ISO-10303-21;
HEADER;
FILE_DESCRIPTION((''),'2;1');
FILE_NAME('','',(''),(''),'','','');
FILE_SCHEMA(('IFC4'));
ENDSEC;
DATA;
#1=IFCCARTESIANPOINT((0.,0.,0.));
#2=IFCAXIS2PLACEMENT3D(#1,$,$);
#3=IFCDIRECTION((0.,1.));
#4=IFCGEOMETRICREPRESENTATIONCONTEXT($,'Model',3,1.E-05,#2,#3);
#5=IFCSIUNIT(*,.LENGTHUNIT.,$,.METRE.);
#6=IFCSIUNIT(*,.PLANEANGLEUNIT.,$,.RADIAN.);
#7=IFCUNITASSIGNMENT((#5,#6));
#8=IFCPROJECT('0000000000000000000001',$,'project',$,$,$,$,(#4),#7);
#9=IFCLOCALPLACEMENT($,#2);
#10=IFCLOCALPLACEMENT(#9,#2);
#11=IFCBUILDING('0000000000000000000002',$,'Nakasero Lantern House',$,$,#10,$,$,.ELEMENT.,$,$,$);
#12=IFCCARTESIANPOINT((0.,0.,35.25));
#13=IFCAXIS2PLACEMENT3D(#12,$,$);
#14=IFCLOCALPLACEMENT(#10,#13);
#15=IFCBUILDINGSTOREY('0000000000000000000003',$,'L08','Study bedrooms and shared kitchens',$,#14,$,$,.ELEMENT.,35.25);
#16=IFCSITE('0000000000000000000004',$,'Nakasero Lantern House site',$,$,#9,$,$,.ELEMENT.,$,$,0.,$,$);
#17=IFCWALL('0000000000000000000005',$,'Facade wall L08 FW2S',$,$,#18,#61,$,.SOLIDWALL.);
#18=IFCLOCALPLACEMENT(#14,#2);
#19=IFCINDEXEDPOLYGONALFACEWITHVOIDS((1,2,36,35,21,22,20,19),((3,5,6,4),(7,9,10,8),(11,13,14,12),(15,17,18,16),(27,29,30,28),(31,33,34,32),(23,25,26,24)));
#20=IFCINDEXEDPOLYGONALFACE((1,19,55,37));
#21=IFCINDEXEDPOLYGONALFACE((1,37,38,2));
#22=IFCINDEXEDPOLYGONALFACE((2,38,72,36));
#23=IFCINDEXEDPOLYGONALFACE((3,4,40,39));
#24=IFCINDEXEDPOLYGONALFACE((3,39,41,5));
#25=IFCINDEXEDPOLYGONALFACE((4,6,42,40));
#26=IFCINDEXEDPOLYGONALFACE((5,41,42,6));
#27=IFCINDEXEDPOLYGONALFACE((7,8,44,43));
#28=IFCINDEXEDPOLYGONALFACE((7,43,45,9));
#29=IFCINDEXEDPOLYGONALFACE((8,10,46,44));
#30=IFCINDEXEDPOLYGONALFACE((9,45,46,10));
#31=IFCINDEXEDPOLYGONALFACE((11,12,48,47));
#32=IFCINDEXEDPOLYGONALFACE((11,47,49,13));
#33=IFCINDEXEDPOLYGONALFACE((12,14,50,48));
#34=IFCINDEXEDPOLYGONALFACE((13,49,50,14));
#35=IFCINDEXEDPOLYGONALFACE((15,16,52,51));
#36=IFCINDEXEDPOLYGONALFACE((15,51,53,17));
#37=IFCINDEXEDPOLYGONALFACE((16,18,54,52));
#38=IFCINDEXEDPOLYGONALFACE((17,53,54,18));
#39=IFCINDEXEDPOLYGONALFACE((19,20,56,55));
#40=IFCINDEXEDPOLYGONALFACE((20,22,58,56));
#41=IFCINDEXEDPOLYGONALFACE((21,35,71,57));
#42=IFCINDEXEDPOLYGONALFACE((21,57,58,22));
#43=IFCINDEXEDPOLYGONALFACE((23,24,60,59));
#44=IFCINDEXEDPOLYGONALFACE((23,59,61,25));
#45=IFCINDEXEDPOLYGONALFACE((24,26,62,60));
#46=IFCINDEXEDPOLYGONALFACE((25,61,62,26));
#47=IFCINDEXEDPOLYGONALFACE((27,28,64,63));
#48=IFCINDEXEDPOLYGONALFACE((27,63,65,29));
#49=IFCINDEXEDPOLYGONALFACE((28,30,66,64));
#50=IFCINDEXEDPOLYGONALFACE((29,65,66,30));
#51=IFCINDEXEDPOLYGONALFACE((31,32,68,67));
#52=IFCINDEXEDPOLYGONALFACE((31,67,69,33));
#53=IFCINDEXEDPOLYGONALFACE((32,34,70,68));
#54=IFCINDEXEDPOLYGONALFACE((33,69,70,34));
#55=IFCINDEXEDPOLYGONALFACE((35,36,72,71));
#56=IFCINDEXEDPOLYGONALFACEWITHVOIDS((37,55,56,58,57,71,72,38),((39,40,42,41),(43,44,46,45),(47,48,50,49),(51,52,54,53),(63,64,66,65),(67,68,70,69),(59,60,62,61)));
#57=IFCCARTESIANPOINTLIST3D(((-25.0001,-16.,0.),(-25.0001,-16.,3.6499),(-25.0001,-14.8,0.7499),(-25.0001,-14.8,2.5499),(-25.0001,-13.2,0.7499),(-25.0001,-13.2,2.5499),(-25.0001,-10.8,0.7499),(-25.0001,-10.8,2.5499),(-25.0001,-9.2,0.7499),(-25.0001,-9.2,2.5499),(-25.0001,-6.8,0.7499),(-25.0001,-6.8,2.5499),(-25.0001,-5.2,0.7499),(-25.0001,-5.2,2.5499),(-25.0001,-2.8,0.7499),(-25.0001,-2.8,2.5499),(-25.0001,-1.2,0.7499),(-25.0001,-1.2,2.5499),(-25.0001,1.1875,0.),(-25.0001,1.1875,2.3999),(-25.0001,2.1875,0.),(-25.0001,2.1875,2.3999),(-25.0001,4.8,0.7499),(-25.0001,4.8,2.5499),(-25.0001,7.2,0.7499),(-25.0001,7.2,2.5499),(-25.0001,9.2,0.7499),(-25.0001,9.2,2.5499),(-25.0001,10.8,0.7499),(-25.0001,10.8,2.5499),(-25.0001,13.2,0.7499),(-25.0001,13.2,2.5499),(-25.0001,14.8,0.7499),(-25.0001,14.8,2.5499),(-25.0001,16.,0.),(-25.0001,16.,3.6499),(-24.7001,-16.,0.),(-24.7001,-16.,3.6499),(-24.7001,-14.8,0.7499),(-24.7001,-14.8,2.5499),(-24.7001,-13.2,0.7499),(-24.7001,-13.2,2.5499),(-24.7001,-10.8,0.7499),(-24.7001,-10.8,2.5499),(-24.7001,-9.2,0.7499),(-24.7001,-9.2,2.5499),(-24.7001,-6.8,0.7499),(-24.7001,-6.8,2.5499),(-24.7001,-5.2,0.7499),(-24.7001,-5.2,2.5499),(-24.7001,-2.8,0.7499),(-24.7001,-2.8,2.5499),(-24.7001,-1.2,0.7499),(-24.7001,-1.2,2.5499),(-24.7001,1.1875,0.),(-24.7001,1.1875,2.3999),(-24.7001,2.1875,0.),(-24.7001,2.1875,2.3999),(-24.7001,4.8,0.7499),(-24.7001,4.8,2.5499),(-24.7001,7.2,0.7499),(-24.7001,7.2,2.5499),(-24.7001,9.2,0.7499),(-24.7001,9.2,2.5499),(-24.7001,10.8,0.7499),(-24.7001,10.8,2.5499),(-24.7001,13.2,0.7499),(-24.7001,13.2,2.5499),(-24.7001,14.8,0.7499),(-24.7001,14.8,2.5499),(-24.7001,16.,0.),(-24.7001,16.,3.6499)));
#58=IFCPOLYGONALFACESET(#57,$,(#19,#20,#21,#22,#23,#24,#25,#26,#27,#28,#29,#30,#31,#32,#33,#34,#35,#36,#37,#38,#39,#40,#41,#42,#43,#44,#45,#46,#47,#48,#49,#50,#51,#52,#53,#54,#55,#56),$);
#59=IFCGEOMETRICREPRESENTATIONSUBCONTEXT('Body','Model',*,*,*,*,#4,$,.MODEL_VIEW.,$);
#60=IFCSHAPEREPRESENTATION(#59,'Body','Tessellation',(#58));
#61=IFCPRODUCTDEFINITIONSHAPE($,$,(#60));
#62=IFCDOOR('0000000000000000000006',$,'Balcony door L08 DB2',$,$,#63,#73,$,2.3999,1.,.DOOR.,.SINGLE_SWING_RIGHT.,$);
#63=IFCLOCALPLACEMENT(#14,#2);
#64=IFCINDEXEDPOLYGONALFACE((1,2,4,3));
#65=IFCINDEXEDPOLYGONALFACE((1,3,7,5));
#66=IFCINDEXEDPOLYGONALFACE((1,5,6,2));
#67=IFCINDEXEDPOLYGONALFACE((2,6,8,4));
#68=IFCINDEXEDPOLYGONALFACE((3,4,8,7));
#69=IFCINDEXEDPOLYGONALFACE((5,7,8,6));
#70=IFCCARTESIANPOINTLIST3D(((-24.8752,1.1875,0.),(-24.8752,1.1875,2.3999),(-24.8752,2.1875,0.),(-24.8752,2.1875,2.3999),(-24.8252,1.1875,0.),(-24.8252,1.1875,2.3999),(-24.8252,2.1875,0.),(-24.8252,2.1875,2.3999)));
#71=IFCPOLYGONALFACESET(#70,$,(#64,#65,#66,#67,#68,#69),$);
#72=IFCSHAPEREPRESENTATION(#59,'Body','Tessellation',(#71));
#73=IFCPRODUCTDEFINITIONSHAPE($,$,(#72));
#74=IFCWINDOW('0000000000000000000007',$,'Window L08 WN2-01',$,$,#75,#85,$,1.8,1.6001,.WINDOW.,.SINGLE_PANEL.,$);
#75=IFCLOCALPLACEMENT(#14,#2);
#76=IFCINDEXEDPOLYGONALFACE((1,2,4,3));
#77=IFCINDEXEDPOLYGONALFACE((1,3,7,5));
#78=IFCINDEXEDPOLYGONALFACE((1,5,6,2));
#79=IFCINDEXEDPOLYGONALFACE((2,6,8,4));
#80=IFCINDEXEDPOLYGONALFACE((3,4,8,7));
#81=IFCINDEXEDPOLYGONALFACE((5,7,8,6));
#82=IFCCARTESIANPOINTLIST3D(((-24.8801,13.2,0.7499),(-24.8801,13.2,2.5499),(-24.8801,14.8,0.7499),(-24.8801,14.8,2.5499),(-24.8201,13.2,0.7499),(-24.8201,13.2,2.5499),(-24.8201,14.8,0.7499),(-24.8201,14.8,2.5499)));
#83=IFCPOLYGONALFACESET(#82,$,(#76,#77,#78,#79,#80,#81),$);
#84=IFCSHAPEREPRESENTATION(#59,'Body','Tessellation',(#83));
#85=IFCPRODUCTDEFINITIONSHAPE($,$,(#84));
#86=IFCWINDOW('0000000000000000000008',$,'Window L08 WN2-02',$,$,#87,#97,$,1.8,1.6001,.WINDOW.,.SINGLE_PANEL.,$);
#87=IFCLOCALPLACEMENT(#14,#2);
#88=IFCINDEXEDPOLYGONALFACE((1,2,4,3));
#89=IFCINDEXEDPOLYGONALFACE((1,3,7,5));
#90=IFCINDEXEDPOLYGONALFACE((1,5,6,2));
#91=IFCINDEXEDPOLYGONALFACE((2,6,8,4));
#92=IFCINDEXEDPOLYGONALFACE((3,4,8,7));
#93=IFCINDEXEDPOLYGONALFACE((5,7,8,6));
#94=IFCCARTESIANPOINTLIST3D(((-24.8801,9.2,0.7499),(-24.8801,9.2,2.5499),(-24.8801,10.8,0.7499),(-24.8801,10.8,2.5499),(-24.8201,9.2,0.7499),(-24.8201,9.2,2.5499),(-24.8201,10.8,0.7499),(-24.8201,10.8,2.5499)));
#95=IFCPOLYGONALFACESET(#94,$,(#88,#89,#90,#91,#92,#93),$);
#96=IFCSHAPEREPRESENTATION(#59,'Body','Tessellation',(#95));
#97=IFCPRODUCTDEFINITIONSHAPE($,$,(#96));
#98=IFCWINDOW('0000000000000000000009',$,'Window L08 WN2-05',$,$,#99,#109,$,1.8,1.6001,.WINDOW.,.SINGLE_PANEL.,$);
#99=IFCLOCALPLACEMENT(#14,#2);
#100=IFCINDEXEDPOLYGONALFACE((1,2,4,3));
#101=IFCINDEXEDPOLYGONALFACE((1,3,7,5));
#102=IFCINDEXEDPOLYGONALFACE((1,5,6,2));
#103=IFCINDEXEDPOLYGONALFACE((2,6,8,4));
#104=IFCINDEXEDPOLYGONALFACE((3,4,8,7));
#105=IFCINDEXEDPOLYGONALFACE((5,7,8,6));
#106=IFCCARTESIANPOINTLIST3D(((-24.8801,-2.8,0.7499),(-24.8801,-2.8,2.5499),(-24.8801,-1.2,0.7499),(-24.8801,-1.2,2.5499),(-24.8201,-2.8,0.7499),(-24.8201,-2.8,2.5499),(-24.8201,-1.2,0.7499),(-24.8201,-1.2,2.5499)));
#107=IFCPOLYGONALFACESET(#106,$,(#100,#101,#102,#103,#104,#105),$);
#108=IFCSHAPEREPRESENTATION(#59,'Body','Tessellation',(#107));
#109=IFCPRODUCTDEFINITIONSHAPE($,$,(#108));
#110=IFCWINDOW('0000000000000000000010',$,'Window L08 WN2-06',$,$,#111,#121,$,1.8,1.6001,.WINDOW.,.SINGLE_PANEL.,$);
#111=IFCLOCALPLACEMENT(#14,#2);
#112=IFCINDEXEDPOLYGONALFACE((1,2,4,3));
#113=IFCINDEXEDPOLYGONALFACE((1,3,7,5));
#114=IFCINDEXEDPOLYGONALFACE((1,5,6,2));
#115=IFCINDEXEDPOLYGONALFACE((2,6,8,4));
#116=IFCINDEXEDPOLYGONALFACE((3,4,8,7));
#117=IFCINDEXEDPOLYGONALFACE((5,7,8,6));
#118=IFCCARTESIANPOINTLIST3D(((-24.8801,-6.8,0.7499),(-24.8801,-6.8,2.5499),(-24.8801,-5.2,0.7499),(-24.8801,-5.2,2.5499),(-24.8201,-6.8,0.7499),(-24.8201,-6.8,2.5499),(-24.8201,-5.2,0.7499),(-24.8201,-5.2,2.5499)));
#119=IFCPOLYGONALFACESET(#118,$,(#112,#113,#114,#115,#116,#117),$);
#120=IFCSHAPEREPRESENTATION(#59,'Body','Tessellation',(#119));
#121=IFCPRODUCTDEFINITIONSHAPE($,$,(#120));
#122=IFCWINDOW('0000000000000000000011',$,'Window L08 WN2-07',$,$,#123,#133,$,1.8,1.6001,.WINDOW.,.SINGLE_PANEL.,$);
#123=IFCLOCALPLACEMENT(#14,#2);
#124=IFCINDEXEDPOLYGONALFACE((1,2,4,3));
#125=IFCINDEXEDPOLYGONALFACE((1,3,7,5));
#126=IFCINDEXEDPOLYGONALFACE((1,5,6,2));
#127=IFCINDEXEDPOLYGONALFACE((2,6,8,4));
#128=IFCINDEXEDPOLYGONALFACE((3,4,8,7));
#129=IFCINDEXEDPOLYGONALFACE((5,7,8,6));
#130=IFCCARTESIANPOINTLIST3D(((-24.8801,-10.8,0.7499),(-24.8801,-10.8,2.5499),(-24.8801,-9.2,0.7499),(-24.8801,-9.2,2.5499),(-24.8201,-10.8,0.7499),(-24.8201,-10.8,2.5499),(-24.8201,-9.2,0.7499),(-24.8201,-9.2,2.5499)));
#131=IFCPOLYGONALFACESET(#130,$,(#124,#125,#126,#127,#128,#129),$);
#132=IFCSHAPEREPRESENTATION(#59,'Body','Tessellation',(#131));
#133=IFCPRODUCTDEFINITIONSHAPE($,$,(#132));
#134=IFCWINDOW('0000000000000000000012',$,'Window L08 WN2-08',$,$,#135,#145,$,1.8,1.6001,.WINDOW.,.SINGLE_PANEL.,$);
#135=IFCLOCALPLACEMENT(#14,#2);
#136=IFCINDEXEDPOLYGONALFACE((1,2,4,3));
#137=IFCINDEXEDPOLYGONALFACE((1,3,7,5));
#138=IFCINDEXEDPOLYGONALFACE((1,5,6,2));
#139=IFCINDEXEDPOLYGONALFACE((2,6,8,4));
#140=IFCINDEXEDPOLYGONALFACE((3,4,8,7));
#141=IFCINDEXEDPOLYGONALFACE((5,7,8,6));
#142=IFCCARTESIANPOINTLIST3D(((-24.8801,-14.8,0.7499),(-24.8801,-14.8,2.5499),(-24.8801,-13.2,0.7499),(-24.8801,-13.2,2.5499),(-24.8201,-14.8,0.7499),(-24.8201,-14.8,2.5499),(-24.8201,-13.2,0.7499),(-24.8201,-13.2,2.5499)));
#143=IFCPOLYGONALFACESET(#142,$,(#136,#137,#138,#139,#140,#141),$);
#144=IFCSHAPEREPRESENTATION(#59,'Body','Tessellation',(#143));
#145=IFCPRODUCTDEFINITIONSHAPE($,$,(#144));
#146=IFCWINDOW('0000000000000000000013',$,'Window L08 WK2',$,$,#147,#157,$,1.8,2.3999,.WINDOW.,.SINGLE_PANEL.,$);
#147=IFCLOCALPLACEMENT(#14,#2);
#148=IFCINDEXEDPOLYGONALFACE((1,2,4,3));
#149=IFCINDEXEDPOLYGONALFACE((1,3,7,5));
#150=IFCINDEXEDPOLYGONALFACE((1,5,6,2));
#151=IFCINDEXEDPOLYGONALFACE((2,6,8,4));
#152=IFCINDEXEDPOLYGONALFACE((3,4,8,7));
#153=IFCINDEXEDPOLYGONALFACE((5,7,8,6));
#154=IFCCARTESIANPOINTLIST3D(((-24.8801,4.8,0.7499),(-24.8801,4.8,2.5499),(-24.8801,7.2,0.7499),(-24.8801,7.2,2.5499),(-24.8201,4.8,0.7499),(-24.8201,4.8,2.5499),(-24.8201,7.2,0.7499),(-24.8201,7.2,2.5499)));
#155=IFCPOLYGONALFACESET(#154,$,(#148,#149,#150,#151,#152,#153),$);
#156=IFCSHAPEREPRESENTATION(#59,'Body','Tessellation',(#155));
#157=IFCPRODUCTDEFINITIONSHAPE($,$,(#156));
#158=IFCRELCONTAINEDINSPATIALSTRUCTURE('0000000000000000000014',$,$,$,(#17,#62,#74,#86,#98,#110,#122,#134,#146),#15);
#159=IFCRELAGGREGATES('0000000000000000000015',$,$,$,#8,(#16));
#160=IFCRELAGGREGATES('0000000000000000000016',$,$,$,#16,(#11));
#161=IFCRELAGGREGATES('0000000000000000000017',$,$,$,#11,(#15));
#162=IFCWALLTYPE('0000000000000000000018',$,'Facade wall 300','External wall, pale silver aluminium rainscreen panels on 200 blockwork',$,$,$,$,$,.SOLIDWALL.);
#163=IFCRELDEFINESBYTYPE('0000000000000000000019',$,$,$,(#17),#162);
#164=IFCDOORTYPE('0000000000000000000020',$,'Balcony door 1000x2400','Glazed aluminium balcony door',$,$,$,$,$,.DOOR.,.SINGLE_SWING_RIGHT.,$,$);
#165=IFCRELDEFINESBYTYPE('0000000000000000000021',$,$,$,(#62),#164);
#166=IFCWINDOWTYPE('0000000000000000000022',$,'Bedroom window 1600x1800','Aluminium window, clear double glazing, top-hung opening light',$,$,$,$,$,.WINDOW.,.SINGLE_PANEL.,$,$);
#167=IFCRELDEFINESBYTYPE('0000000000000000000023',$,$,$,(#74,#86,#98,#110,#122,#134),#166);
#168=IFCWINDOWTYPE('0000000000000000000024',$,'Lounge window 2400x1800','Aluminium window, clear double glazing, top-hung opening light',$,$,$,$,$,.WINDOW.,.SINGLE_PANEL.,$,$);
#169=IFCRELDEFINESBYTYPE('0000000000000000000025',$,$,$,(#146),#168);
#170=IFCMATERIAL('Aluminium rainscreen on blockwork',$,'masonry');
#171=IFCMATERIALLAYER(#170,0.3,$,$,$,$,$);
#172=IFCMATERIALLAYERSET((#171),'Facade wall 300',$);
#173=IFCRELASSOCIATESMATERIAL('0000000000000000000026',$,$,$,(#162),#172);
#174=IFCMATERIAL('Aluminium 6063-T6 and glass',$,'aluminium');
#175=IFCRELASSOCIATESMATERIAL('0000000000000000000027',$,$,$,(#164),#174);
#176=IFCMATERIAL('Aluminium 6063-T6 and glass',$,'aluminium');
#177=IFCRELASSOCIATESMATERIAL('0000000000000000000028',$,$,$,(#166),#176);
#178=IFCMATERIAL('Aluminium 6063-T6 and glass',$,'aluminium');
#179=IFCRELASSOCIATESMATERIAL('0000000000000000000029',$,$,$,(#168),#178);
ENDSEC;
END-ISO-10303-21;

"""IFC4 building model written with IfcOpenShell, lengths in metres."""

from ifc_helpers import new_model, si_unit, direction, frame, frame_2d, origin, place, context, subcontext, project, spatial, rectangle, extrude, material, layer, layer_set, type_object, element, fill, save


model = new_model("IFC4")

# Units and contexts
model_context = context("Model", 3, precision=1e-05, world=origin(), true_north=direction((0.0, 1.0)))
body_context = subcontext(model_context, "Body", "Model", "MODEL_VIEW")
ifc_project = project(units=[si_unit("LENGTHUNIT", "METRE"), si_unit("PLANEANGLEUNIT", "RADIAN")], contexts=[model_context])

# Site, building, storey
site_placement = place(None, origin())
site = spatial("IfcSite", under=ifc_project, at=site_placement, Name="Nakasero Lantern House site", CompositionType="ELEMENT", RefElevation=0.0)
building_placement = place(site_placement, origin())
building = spatial("IfcBuilding", under=site, at=building_placement, Name="Nakasero Lantern House", CompositionType="ELEMENT")
storey_placement = place(building_placement, frame((0.0, 0.0, 35.25)))
storey = spatial("IfcBuildingStorey", under=building, at=storey_placement, Name="L08", Description="Study bedrooms and shared kitchens", CompositionType="ELEMENT", Elevation=35.25)

# Wall, openings, door, windows
ifc_material_1 = material(Name="Aluminium rainscreen on blockwork", Category="masonry")
ifc_layer_1 = layer(ifc_material_1, 0.3)
ifc_layer_set_1 = layer_set([ifc_layer_1], Name="Facade wall 300")
wall_type_1 = type_object("IfcWallType", Name="Facade wall 300", Description="External wall, pale silver aluminium rainscreen panels on 200 blockwork", PredefinedType="SOLIDWALL", material=ifc_layer_set_1)
wall_1_placement = place(storey_placement, frame((-24.8501, 16.0, 0.0), z_axis=(0.0, 0.0, 1.0), x_axis=(0.0, -1.0, 0.0)))
wall_1 = element("IfcWall", 1, at=wall_1_placement, inside=storey, type_object=wall_type_1, Name="Facade wall L08 FW2S", PredefinedType="SOLIDWALL", context=body_context, shape_type="SweptSolid", body=[
    extrude(rectangle(XDim=32.0, YDim=0.3, at=frame_2d((16.0, 0.0))), origin(), (0.0, 0.0, 1.0), 3.6499),
])
opening_1_placement = place(wall_1_placement, frame((1.2, 0.0, 0.75)))
opening_1 = element("IfcOpeningElement", 2, at=opening_1_placement, cuts=wall_1, PredefinedType="OPENING", context=body_context, shape_type="SweptSolid", body=[
    extrude(rectangle(XDim=1.6001, YDim=1.8, at=frame_2d((0.8, 0.8999))), frame((0.0, 0.1699, 0.0), z_axis=(0.0, -1.0, 0.0), x_axis=(1.0, 0.0, 0.0)), (0.0, 0.0, 1.0), 0.3401),
])
opening_2_placement = place(wall_1_placement, frame((5.2, 0.0, 0.75)))
opening_2 = element("IfcOpeningElement", 3, at=opening_2_placement, cuts=wall_1, PredefinedType="OPENING", context=body_context, shape_type="SweptSolid", body=[
    extrude(rectangle(XDim=1.6001, YDim=1.8, at=frame_2d((0.8, 0.8999))), frame((0.0, 0.1699, 0.0), z_axis=(0.0, -1.0, 0.0), x_axis=(1.0, 0.0, 0.0)), (0.0, 0.0, 1.0), 0.3401),
])
opening_3_placement = place(wall_1_placement, frame((17.2, 0.0, 0.75)))
opening_3 = element("IfcOpeningElement", 4, at=opening_3_placement, cuts=wall_1, PredefinedType="OPENING", context=body_context, shape_type="SweptSolid", body=[
    extrude(rectangle(XDim=1.6001, YDim=1.8, at=frame_2d((0.8, 0.8999))), frame((0.0, 0.1699, 0.0), z_axis=(0.0, -1.0, 0.0), x_axis=(1.0, 0.0, 0.0)), (0.0, 0.0, 1.0), 0.3401),
])
opening_4_placement = place(wall_1_placement, frame((21.2, 0.0, 0.75)))
opening_4 = element("IfcOpeningElement", 5, at=opening_4_placement, cuts=wall_1, PredefinedType="OPENING", context=body_context, shape_type="SweptSolid", body=[
    extrude(rectangle(XDim=1.6001, YDim=1.8, at=frame_2d((0.8, 0.8999))), frame((0.0, 0.1699, 0.0), z_axis=(0.0, -1.0, 0.0), x_axis=(1.0, 0.0, 0.0)), (0.0, 0.0, 1.0), 0.3401),
])
opening_5_placement = place(wall_1_placement, frame((25.2, 0.0, 0.75)))
opening_5 = element("IfcOpeningElement", 6, at=opening_5_placement, cuts=wall_1, PredefinedType="OPENING", context=body_context, shape_type="SweptSolid", body=[
    extrude(rectangle(XDim=1.6001, YDim=1.8, at=frame_2d((0.8, 0.8999))), frame((0.0, 0.1699, 0.0), z_axis=(0.0, -1.0, 0.0), x_axis=(1.0, 0.0, 0.0)), (0.0, 0.0, 1.0), 0.3401),
])
opening_6_placement = place(wall_1_placement, frame((29.2, 0.0, 0.75)))
opening_6 = element("IfcOpeningElement", 7, at=opening_6_placement, cuts=wall_1, PredefinedType="OPENING", context=body_context, shape_type="SweptSolid", body=[
    extrude(rectangle(XDim=1.6001, YDim=1.8, at=frame_2d((0.8, 0.8999))), frame((0.0, 0.1699, 0.0), z_axis=(0.0, -1.0, 0.0), x_axis=(1.0, 0.0, 0.0)), (0.0, 0.0, 1.0), 0.3401),
])
opening_7_placement = place(wall_1_placement, frame((8.8, 0.0, 0.75)))
opening_7 = element("IfcOpeningElement", 8, at=opening_7_placement, cuts=wall_1, PredefinedType="OPENING", context=body_context, shape_type="SweptSolid", body=[
    extrude(rectangle(XDim=2.3999, YDim=1.8, at=frame_2d((1.2, 0.8999))), frame((0.0, 0.1699, 0.0), z_axis=(0.0, -1.0, 0.0), x_axis=(1.0, 0.0, 0.0)), (0.0, 0.0, 1.0), 0.3401),
])
opening_8_placement = place(wall_1_placement, frame((13.8125, 0.0, 0.0)))
opening_8 = element("IfcOpeningElement", 9, at=opening_8_placement, cuts=wall_1, PredefinedType="OPENING", context=body_context, shape_type="SweptSolid", body=[
    extrude(rectangle(XDim=1.0, YDim=2.3999, at=frame_2d((0.5, 1.2))), frame((0.0, 0.1699, 0.0), z_axis=(0.0, -1.0, 0.0), x_axis=(1.0, 0.0, 0.0)), (0.0, 0.0, 1.0), 0.3401),
])
ifc_material_2 = material(Name="Aluminium 6063-T6 and glass", Category="aluminium")
door_type_1 = type_object("IfcDoorType", Name="Balcony door 1000x2400", Description="Glazed aluminium balcony door", OperationType="SINGLE_SWING_RIGHT", PredefinedType="DOOR", material=ifc_material_2)
door_1_placement = place(opening_8_placement, origin())
door_1 = element("IfcDoor", 10, at=door_1_placement, inside=storey, type_object=door_type_1, Name="Balcony door L08 DB2", OperationType="SINGLE_SWING_RIGHT", OverallHeight=2.3999, OverallWidth=1.0, PredefinedType="DOOR", context=body_context, shape_type="SweptSolid", body=[
    extrude(rectangle(XDim=1.0, YDim=2.3999, at=frame_2d((0.5, 1.2))), frame((0.0, 0.0249, 0.0), z_axis=(0.0, -1.0, 0.0), x_axis=(1.0, 0.0, 0.0)), (0.0, 0.0, 1.0), 0.05),
])
fill(opening_8, door_1)
ifc_material_3 = material(Name="Aluminium 6063-T6 and glass", Category="aluminium")
window_type_1 = type_object("IfcWindowType", Name="Bedroom window 1600x1800", Description="Aluminium window, clear double glazing, top-hung opening light", PartitioningType="SINGLE_PANEL", PredefinedType="WINDOW", material=ifc_material_3)
window_1_placement = place(opening_1_placement, origin())
window_1 = element("IfcWindow", 11, at=window_1_placement, inside=storey, type_object=window_type_1, Name="Window L08 WN2-01", OverallHeight=1.8, OverallWidth=1.6001, PartitioningType="SINGLE_PANEL", PredefinedType="WINDOW", context=body_context, shape_type="SweptSolid", body=[
    extrude(rectangle(XDim=1.6001, YDim=1.8, at=frame_2d((0.8, 0.8999))), frame((0.0, 0.03, 0.0), z_axis=(0.0, -1.0, 0.0), x_axis=(1.0, 0.0, 0.0)), (0.0, 0.0, 1.0), 0.0601),
])
fill(opening_1, window_1)
window_2_placement = place(opening_2_placement, origin())
window_2 = element("IfcWindow", 12, at=window_2_placement, inside=storey, type_object=window_type_1, Name="Window L08 WN2-02", OverallHeight=1.8, OverallWidth=1.6001, PartitioningType="SINGLE_PANEL", PredefinedType="WINDOW", context=body_context, shape_type="SweptSolid", body=[
    extrude(rectangle(XDim=1.6001, YDim=1.8, at=frame_2d((0.8, 0.8999))), frame((0.0, 0.03, 0.0), z_axis=(0.0, -1.0, 0.0), x_axis=(1.0, 0.0, 0.0)), (0.0, 0.0, 1.0), 0.0601),
])
fill(opening_2, window_2)
window_3_placement = place(opening_3_placement, origin())
window_3 = element("IfcWindow", 13, at=window_3_placement, inside=storey, type_object=window_type_1, Name="Window L08 WN2-05", OverallHeight=1.8, OverallWidth=1.6001, PartitioningType="SINGLE_PANEL", PredefinedType="WINDOW", context=body_context, shape_type="SweptSolid", body=[
    extrude(rectangle(XDim=1.6001, YDim=1.8, at=frame_2d((0.8, 0.8999))), frame((0.0, 0.03, 0.0), z_axis=(0.0, -1.0, 0.0), x_axis=(1.0, 0.0, 0.0)), (0.0, 0.0, 1.0), 0.0601),
])
fill(opening_3, window_3)
window_4_placement = place(opening_4_placement, origin())
window_4 = element("IfcWindow", 14, at=window_4_placement, inside=storey, type_object=window_type_1, Name="Window L08 WN2-06", OverallHeight=1.8, OverallWidth=1.6001, PartitioningType="SINGLE_PANEL", PredefinedType="WINDOW", context=body_context, shape_type="SweptSolid", body=[
    extrude(rectangle(XDim=1.6001, YDim=1.8, at=frame_2d((0.8, 0.8999))), frame((0.0, 0.03, 0.0), z_axis=(0.0, -1.0, 0.0), x_axis=(1.0, 0.0, 0.0)), (0.0, 0.0, 1.0), 0.0601),
])
fill(opening_4, window_4)
window_5_placement = place(opening_5_placement, origin())
window_5 = element("IfcWindow", 15, at=window_5_placement, inside=storey, type_object=window_type_1, Name="Window L08 WN2-07", OverallHeight=1.8, OverallWidth=1.6001, PartitioningType="SINGLE_PANEL", PredefinedType="WINDOW", context=body_context, shape_type="SweptSolid", body=[
    extrude(rectangle(XDim=1.6001, YDim=1.8, at=frame_2d((0.8, 0.8999))), frame((0.0, 0.03, 0.0), z_axis=(0.0, -1.0, 0.0), x_axis=(1.0, 0.0, 0.0)), (0.0, 0.0, 1.0), 0.0601),
])
fill(opening_5, window_5)
window_6_placement = place(opening_6_placement, origin())
window_6 = element("IfcWindow", 16, at=window_6_placement, inside=storey, type_object=window_type_1, Name="Window L08 WN2-08", OverallHeight=1.8, OverallWidth=1.6001, PartitioningType="SINGLE_PANEL", PredefinedType="WINDOW", context=body_context, shape_type="SweptSolid", body=[
    extrude(rectangle(XDim=1.6001, YDim=1.8, at=frame_2d((0.8, 0.8999))), frame((0.0, 0.03, 0.0), z_axis=(0.0, -1.0, 0.0), x_axis=(1.0, 0.0, 0.0)), (0.0, 0.0, 1.0), 0.0601),
])
fill(opening_6, window_6)
ifc_material_4 = material(Name="Aluminium 6063-T6 and glass", Category="aluminium")
window_type_2 = type_object("IfcWindowType", Name="Lounge window 2400x1800", Description="Aluminium window, clear double glazing, top-hung opening light", PartitioningType="SINGLE_PANEL", PredefinedType="WINDOW", material=ifc_material_4)
window_7_placement = place(opening_7_placement, origin())
window_7 = element("IfcWindow", 17, at=window_7_placement, inside=storey, type_object=window_type_2, Name="Window L08 WK2", OverallHeight=1.8, OverallWidth=2.3999, PartitioningType="SINGLE_PANEL", PredefinedType="WINDOW", context=body_context, shape_type="SweptSolid", body=[
    extrude(rectangle(XDim=2.3999, YDim=1.8, at=frame_2d((1.2, 0.8999))), frame((0.0, 0.03, 0.0), z_axis=(0.0, -1.0, 0.0), x_axis=(1.0, 0.0, 0.0)), (0.0, 0.0, 1.0), 0.0601),
])
fill(opening_7, window_7)

save(model, "model.ifc")
